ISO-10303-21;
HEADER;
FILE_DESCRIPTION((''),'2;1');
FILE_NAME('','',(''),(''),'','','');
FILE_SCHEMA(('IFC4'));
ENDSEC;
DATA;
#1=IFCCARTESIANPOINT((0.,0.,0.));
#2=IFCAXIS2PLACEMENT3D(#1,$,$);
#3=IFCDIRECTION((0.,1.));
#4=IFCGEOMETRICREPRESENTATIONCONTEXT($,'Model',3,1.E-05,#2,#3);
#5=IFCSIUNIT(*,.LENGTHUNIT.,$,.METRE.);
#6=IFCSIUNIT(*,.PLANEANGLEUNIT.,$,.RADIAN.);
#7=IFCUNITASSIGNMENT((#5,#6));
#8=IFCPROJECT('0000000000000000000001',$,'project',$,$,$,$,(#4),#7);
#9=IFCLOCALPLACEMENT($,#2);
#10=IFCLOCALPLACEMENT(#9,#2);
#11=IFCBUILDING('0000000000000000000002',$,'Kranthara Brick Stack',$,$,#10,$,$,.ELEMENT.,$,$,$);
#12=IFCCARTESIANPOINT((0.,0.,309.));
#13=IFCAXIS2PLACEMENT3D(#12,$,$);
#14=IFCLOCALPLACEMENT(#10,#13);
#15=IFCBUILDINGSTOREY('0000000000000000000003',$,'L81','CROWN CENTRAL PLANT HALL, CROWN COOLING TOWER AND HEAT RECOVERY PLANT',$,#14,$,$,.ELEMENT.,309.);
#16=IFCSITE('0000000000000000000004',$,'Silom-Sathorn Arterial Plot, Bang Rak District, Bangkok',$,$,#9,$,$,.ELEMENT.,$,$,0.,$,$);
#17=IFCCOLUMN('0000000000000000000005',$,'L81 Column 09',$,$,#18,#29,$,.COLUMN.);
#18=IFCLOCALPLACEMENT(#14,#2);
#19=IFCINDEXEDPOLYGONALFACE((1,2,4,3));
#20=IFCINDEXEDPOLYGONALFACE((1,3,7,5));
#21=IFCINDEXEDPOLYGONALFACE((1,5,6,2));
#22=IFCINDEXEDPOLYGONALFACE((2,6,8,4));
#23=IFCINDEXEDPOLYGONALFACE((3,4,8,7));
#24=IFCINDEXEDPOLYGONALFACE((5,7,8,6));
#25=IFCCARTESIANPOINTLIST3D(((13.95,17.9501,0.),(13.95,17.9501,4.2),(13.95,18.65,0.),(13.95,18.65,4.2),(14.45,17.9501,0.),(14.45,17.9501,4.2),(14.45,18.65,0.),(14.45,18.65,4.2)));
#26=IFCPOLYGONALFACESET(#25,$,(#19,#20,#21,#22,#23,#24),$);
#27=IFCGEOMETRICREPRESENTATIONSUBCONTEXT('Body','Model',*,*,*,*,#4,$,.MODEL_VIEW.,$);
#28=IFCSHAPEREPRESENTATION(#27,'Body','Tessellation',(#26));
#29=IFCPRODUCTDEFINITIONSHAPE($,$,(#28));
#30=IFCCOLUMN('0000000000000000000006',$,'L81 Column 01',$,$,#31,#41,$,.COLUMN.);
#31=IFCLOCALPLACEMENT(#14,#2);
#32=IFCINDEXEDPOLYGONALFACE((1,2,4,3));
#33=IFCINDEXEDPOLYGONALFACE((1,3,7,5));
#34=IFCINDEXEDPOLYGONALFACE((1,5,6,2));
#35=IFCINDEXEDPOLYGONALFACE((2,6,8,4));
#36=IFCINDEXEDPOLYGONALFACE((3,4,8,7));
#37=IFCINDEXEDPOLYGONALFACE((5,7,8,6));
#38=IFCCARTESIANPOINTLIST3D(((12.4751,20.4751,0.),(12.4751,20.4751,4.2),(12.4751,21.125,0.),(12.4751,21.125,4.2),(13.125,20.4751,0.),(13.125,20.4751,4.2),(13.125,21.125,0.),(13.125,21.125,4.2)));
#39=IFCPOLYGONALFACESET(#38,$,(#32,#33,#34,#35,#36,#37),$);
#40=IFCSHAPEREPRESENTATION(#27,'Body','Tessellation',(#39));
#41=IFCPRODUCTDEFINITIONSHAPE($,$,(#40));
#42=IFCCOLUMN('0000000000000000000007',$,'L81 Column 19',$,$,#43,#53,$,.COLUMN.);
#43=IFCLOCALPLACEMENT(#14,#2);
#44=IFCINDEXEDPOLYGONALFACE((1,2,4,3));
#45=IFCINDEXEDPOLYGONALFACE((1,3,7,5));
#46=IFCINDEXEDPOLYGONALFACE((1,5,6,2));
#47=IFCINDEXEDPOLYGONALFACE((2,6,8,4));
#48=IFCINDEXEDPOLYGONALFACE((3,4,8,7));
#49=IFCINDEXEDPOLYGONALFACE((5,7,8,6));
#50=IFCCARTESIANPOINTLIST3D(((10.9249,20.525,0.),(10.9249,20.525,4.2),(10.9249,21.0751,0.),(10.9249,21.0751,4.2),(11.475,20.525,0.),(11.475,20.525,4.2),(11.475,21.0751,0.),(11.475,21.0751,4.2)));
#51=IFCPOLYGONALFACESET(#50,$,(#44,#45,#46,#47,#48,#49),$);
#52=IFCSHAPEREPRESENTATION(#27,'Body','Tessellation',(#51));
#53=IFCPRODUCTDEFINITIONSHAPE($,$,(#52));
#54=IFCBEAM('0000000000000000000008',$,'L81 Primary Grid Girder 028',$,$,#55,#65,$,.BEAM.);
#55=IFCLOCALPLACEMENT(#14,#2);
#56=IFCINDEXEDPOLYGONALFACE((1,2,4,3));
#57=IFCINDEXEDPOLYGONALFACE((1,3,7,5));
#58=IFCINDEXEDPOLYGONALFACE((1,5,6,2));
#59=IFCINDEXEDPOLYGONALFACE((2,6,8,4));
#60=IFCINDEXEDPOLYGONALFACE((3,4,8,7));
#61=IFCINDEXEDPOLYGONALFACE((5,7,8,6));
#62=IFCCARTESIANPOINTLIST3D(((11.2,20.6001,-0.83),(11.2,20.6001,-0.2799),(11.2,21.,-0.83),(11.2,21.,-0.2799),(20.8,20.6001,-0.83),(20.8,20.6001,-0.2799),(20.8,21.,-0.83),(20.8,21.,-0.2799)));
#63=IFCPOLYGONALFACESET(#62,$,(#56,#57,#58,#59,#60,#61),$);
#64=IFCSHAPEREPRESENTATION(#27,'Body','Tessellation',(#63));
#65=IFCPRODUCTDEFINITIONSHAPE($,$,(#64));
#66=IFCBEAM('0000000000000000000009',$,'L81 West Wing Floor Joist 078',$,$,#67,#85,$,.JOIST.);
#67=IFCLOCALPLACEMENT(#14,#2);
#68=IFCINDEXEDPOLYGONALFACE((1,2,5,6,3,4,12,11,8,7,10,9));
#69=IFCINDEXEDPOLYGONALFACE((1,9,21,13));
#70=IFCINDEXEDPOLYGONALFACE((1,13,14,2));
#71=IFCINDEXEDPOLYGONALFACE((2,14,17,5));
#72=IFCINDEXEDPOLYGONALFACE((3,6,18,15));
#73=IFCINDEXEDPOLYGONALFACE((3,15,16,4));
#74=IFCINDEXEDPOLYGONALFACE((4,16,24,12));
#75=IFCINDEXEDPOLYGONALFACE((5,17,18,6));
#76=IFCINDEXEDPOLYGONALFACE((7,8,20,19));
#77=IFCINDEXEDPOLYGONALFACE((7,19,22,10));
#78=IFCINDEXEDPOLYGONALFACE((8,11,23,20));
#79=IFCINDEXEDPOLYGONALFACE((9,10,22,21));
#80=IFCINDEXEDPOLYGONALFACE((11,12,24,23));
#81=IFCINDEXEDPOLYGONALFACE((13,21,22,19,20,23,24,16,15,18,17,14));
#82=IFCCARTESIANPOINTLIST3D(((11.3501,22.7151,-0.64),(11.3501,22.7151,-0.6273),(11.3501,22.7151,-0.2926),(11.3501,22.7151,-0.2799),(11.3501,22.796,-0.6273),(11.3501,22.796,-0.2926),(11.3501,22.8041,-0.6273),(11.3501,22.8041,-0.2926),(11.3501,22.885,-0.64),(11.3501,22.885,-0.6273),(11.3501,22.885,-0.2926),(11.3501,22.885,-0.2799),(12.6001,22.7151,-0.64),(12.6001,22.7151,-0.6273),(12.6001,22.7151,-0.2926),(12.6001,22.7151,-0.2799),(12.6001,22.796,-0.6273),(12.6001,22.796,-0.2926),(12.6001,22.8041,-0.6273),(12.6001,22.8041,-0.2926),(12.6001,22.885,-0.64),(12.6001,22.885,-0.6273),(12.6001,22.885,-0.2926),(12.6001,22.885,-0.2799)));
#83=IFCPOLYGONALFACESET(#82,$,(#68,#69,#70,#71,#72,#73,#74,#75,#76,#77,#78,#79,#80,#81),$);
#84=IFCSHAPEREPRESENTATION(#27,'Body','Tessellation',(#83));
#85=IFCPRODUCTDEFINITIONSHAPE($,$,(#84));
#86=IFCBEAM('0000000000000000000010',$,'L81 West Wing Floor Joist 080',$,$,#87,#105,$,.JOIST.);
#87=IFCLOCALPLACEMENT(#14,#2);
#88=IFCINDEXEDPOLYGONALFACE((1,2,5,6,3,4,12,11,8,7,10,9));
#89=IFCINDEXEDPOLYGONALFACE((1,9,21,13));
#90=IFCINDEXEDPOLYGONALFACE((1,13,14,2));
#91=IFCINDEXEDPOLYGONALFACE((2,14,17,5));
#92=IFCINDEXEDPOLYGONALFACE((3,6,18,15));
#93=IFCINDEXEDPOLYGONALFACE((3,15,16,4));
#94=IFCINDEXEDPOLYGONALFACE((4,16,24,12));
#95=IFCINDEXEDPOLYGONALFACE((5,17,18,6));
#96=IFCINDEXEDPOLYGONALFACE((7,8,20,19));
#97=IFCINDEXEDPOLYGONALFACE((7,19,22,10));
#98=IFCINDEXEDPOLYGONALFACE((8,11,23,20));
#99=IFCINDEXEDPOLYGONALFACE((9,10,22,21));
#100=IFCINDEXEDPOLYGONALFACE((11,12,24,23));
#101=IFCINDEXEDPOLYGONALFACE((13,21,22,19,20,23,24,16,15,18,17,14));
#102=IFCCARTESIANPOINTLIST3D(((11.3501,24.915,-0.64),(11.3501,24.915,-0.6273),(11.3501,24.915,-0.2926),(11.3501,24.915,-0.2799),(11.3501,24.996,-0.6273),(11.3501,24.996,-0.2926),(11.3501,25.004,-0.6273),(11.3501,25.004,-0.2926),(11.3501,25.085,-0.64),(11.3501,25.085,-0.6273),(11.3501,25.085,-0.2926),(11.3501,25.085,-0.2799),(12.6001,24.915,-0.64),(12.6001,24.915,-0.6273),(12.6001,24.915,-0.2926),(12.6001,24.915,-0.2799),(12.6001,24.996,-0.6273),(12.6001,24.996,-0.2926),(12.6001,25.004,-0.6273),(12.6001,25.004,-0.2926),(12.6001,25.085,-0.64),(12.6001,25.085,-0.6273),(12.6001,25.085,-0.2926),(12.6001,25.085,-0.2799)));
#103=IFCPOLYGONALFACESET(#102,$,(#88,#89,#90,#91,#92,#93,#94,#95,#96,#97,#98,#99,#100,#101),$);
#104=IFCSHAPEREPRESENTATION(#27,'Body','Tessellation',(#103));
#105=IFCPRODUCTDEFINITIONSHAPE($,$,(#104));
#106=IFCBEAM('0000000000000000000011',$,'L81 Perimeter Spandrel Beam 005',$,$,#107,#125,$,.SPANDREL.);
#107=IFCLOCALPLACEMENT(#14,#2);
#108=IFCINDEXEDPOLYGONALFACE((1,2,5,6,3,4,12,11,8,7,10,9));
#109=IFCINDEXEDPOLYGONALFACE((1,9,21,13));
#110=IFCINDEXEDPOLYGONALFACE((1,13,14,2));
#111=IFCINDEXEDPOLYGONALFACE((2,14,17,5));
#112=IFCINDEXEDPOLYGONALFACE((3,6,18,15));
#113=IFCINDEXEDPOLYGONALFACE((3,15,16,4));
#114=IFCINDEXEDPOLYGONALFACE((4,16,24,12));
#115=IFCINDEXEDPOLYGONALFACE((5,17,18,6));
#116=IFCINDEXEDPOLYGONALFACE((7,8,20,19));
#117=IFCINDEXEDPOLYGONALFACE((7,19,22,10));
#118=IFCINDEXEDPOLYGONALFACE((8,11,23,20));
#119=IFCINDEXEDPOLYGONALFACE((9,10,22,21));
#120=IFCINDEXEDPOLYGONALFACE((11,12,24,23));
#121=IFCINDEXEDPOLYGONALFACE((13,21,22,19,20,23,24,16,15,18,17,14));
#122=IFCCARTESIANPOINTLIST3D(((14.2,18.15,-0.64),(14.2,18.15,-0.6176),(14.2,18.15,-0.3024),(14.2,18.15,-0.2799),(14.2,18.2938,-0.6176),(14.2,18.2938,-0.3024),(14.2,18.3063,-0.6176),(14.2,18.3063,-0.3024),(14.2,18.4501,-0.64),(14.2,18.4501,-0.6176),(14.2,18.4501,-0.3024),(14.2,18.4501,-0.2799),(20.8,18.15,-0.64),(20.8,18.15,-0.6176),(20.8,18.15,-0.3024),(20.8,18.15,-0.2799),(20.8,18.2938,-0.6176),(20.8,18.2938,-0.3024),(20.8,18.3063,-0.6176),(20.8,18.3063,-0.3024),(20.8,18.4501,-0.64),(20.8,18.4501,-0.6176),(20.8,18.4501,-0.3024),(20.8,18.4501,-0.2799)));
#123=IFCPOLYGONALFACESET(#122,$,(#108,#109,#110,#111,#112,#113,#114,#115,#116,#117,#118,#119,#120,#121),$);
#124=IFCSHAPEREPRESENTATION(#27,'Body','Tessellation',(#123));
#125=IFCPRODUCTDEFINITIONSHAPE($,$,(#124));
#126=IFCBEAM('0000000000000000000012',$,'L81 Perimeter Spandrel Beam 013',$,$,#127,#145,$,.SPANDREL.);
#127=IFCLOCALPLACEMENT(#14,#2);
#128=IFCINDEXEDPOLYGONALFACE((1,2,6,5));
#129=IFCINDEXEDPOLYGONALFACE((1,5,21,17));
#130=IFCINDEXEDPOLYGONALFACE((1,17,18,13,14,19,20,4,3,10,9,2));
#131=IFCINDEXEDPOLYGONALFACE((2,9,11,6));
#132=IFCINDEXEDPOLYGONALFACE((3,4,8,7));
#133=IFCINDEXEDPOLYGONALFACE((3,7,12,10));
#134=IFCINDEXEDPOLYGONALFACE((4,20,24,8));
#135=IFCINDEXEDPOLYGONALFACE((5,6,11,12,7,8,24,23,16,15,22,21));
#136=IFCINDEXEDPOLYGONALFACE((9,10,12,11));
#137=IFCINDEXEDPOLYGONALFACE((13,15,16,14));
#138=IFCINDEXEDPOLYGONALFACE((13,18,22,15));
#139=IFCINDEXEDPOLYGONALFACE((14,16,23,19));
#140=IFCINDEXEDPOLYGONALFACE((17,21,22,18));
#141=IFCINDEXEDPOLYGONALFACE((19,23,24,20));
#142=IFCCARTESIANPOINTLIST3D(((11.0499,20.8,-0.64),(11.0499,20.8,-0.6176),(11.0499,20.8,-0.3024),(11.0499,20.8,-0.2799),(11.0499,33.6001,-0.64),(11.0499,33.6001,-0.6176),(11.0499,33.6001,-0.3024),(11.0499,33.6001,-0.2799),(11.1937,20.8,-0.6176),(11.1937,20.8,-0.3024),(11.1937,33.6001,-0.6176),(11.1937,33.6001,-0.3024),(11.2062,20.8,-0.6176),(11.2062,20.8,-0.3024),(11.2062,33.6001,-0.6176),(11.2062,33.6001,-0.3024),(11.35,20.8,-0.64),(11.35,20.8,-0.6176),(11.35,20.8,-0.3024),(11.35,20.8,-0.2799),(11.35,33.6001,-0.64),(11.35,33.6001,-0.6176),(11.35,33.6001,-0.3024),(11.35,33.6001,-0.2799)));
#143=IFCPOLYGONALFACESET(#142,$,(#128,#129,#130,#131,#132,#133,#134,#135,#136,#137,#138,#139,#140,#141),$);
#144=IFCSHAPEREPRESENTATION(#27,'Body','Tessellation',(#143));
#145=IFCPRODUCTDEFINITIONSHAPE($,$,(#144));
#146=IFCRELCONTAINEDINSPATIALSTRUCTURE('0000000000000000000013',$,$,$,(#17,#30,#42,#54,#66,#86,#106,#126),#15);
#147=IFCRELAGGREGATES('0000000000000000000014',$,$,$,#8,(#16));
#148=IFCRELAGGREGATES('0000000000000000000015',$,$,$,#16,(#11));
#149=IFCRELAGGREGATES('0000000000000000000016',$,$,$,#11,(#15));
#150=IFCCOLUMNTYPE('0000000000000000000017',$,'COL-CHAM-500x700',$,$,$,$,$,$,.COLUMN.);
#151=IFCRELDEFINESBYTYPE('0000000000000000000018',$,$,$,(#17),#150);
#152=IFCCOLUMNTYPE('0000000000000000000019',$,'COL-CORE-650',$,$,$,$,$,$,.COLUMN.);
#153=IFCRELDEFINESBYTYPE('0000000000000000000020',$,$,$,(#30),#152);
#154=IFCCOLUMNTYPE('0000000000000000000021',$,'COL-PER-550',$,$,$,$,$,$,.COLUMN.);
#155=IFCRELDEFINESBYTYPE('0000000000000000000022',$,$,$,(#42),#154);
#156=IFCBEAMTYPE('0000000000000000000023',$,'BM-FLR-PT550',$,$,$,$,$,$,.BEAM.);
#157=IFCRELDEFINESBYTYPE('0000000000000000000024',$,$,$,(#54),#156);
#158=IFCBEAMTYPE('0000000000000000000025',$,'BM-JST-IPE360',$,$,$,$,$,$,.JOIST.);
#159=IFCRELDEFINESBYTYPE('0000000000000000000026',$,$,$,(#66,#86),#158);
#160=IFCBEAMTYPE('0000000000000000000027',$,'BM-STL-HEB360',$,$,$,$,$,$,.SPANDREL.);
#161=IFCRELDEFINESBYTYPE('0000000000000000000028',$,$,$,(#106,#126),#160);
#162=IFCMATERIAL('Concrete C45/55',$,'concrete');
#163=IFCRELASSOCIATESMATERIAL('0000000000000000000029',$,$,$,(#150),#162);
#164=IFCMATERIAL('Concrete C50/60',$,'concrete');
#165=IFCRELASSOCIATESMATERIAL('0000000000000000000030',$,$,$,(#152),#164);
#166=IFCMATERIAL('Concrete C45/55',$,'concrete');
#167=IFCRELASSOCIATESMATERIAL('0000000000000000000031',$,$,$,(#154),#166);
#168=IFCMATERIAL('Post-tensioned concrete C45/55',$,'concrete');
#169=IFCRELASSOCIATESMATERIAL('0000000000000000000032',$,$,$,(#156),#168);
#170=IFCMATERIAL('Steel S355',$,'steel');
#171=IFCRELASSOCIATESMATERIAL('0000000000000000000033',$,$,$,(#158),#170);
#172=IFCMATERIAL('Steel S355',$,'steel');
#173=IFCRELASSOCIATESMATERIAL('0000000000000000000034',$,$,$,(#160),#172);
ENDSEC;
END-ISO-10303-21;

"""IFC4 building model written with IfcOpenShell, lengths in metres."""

from ifc_helpers import new_model, si_unit, direction, frame, origin, origin_2d, place, context, subcontext, project, spatial, rectangle, i_section, extrude, material, material_profile, profile_set, type_object, element, save


model = new_model("IFC4")

# Units and contexts
model_context = context("Model", 3, precision=1e-05, world=origin(), true_north=direction((0.0, 1.0)))
body_context = subcontext(model_context, "Body", "Model", "MODEL_VIEW")
ifc_project = project(units=[si_unit("LENGTHUNIT", "METRE"), si_unit("PLANEANGLEUNIT", "RADIAN")], contexts=[model_context])

# Site, building, storey
site_placement = place(None, origin())
site = spatial("IfcSite", under=ifc_project, at=site_placement, Name="Silom-Sathorn Arterial Plot, Bang Rak District, Bangkok", CompositionType="ELEMENT", RefElevation=0.0)
building_placement = place(site_placement, origin())
building = spatial("IfcBuilding", under=site, at=building_placement, Name="Kranthara Brick Stack", CompositionType="ELEMENT")
storey_placement = place(building_placement, frame((0.0, 0.0, 309.0)))
storey = spatial("IfcBuildingStorey", under=building, at=storey_placement, Name="L81", Description="CROWN CENTRAL PLANT HALL, CROWN COOLING TOWER AND HEAT RECOVERY PLANT", CompositionType="ELEMENT", Elevation=309.0)

# Columns
ifc_material_1 = material(Name="Concrete C45/55", Category="concrete")
ifc_material_profile_1 = material_profile(ifc_material_1, rectangle(XDim=0.5, YDim=0.7, at=origin_2d()), Name="RC 500x700")
ifc_profile_set_1 = profile_set([ifc_material_profile_1], Name="Concrete C45/55")
column_type_1 = type_object("IfcColumnType", Name="COL-CHAM-500x700", PredefinedType="COLUMN", material=ifc_profile_set_1)
column_1_placement = place(storey_placement, frame((14.2, 18.3, 0.0), z_axis=(0.0, 0.0, 1.0), x_axis=(1.0, 0.0, 0.0)))
element("IfcColumn", 1, at=column_1_placement, inside=storey, type_object=column_type_1, Name="L81 Column 09", PredefinedType="COLUMN", context=body_context, shape_type="SweptSolid", body=[
    extrude(rectangle(XDim=0.5, YDim=0.7, at=origin_2d()), origin(), (0.0, 0.0, 1.0), 4.2),
])
ifc_material_2 = material(Name="Concrete C50/60", Category="concrete")
ifc_material_profile_2 = material_profile(ifc_material_2, rectangle(XDim=0.6499, YDim=0.6499, at=origin_2d()), Name="RC 650x650")
ifc_profile_set_2 = profile_set([ifc_material_profile_2], Name="Concrete C50/60")
column_type_2 = type_object("IfcColumnType", Name="COL-CORE-650", PredefinedType="COLUMN", material=ifc_profile_set_2)
column_2_placement = place(storey_placement, frame((12.8, 20.8, 0.0), z_axis=(0.0, 0.0, 1.0), x_axis=(1.0, 0.0, 0.0)))
element("IfcColumn", 2, at=column_2_placement, inside=storey, type_object=column_type_2, Name="L81 Column 01", PredefinedType="COLUMN", context=body_context, shape_type="SweptSolid", body=[
    extrude(rectangle(XDim=0.6499, YDim=0.6499, at=origin_2d()), origin(), (0.0, 0.0, 1.0), 4.2),
])
ifc_material_3 = material(Name="Concrete C45/55", Category="concrete")
ifc_material_profile_3 = material_profile(ifc_material_3, rectangle(XDim=0.55, YDim=0.55, at=origin_2d()), Name="RC 550x550")
ifc_profile_set_3 = profile_set([ifc_material_profile_3], Name="Concrete C45/55")
column_type_3 = type_object("IfcColumnType", Name="COL-PER-550", PredefinedType="COLUMN", material=ifc_profile_set_3)
column_3_placement = place(storey_placement, frame((11.2, 20.8, 0.0), z_axis=(0.0, 0.0, 1.0), x_axis=(1.0, 0.0, 0.0)))
element("IfcColumn", 3, at=column_3_placement, inside=storey, type_object=column_type_3, Name="L81 Column 19", PredefinedType="COLUMN", context=body_context, shape_type="SweptSolid", body=[
    extrude(rectangle(XDim=0.55, YDim=0.55, at=origin_2d()), origin(), (0.0, 0.0, 1.0), 4.2),
])

# Beams
ifc_material_4 = material(Name="Post-tensioned concrete C45/55", Category="concrete")
ifc_material_profile_4 = material_profile(ifc_material_4, rectangle(XDim=0.3999, YDim=0.55, at=origin_2d()), Name="PT 400x550")
ifc_profile_set_4 = profile_set([ifc_material_profile_4], Name="Post-tensioned concrete C45/55")
beam_type_1 = type_object("IfcBeamType", Name="BM-FLR-PT550", PredefinedType="BEAM", material=ifc_profile_set_4)
beam_1_placement = place(storey_placement, frame((11.2, 20.8, -0.5549), z_axis=(1.0, 0.0, 0.0), x_axis=(0.0, 1.0, 0.0)))
element("IfcBeam", 4, at=beam_1_placement, inside=storey, type_object=beam_type_1, Name="L81 Primary Grid Girder 028", PredefinedType="BEAM", context=body_context, shape_type="SweptSolid", body=[
    extrude(rectangle(XDim=0.3999, YDim=0.55, at=origin_2d()), origin(), (0.0, 0.0, 1.0), 9.6001),
])
ifc_material_5 = material(Name="Steel S355", Category="steel")
ifc_material_profile_5 = material_profile(ifc_material_5, i_section(OverallWidth=0.1699, OverallDepth=0.3601, WebThickness=0.0081, FlangeThickness=0.0127, at=origin_2d()), Name="IPE 360")
ifc_profile_set_5 = profile_set([ifc_material_profile_5], Name="Steel S355")
beam_type_2 = type_object("IfcBeamType", Name="BM-JST-IPE360", PredefinedType="JOIST", material=ifc_profile_set_5)
for number, where, z_axis, x_axis, name in (
    (5, (11.3501, 22.8, -0.46), (1.0, 0.0, 0.0), (0.0, 1.0, 0.0), "L81 West Wing Floor Joist 078"),
    (6, (11.3501, 25.0, -0.46), (1.0, 0.0, 0.0), (0.0, 1.0, 0.0), "L81 West Wing Floor Joist 080"),
):
    element("IfcBeam", number, at=place(storey_placement, frame(where, z_axis=z_axis, x_axis=x_axis)), inside=storey, type_object=beam_type_2, Name=name, PredefinedType="JOIST", context=body_context, shape_type="SweptSolid", body=[
        extrude(i_section(OverallWidth=0.1699, OverallDepth=0.3601, WebThickness=0.0081, FlangeThickness=0.0127, at=origin_2d()), origin(), (0.0, 0.0, 1.0), 1.25),
    ])
ifc_material_6 = material(Name="Steel S355", Category="steel")
ifc_material_profile_6 = material_profile(ifc_material_6, i_section(OverallWidth=0.3, OverallDepth=0.3601, WebThickness=0.0125, FlangeThickness=0.0225, at=origin_2d()), Name="HEB 360")
ifc_profile_set_6 = profile_set([ifc_material_profile_6], Name="Steel S355")
beam_type_3 = type_object("IfcBeamType", Name="BM-STL-HEB360", PredefinedType="SPANDREL", material=ifc_profile_set_6)
beam_2_placement = place(storey_placement, frame((14.2, 18.3, -0.46), z_axis=(1.0, 0.0, 0.0), x_axis=(0.0, 1.0, 0.0)))
element("IfcBeam", 7, at=beam_2_placement, inside=storey, type_object=beam_type_3, Name="L81 Perimeter Spandrel Beam 005", PredefinedType="SPANDREL", context=body_context, shape_type="SweptSolid", body=[
    extrude(i_section(OverallWidth=0.3, OverallDepth=0.3601, WebThickness=0.0125, FlangeThickness=0.0225, at=origin_2d()), origin(), (0.0, 0.0, 1.0), 6.6001),
])
beam_3_placement = place(storey_placement, frame((11.2, 20.8, -0.46), z_axis=(0.0, 1.0, 0.0), x_axis=(-1.0, 0.0, 0.0)))
element("IfcBeam", 8, at=beam_3_placement, inside=storey, type_object=beam_type_3, Name="L81 Perimeter Spandrel Beam 013", PredefinedType="SPANDREL", context=body_context, shape_type="SweptSolid", body=[
    extrude(i_section(OverallWidth=0.3, OverallDepth=0.3601, WebThickness=0.0125, FlangeThickness=0.0225, at=origin_2d()), origin(), (0.0, 0.0, 1.0), 12.8),
])

save(model, "model.ifc")
